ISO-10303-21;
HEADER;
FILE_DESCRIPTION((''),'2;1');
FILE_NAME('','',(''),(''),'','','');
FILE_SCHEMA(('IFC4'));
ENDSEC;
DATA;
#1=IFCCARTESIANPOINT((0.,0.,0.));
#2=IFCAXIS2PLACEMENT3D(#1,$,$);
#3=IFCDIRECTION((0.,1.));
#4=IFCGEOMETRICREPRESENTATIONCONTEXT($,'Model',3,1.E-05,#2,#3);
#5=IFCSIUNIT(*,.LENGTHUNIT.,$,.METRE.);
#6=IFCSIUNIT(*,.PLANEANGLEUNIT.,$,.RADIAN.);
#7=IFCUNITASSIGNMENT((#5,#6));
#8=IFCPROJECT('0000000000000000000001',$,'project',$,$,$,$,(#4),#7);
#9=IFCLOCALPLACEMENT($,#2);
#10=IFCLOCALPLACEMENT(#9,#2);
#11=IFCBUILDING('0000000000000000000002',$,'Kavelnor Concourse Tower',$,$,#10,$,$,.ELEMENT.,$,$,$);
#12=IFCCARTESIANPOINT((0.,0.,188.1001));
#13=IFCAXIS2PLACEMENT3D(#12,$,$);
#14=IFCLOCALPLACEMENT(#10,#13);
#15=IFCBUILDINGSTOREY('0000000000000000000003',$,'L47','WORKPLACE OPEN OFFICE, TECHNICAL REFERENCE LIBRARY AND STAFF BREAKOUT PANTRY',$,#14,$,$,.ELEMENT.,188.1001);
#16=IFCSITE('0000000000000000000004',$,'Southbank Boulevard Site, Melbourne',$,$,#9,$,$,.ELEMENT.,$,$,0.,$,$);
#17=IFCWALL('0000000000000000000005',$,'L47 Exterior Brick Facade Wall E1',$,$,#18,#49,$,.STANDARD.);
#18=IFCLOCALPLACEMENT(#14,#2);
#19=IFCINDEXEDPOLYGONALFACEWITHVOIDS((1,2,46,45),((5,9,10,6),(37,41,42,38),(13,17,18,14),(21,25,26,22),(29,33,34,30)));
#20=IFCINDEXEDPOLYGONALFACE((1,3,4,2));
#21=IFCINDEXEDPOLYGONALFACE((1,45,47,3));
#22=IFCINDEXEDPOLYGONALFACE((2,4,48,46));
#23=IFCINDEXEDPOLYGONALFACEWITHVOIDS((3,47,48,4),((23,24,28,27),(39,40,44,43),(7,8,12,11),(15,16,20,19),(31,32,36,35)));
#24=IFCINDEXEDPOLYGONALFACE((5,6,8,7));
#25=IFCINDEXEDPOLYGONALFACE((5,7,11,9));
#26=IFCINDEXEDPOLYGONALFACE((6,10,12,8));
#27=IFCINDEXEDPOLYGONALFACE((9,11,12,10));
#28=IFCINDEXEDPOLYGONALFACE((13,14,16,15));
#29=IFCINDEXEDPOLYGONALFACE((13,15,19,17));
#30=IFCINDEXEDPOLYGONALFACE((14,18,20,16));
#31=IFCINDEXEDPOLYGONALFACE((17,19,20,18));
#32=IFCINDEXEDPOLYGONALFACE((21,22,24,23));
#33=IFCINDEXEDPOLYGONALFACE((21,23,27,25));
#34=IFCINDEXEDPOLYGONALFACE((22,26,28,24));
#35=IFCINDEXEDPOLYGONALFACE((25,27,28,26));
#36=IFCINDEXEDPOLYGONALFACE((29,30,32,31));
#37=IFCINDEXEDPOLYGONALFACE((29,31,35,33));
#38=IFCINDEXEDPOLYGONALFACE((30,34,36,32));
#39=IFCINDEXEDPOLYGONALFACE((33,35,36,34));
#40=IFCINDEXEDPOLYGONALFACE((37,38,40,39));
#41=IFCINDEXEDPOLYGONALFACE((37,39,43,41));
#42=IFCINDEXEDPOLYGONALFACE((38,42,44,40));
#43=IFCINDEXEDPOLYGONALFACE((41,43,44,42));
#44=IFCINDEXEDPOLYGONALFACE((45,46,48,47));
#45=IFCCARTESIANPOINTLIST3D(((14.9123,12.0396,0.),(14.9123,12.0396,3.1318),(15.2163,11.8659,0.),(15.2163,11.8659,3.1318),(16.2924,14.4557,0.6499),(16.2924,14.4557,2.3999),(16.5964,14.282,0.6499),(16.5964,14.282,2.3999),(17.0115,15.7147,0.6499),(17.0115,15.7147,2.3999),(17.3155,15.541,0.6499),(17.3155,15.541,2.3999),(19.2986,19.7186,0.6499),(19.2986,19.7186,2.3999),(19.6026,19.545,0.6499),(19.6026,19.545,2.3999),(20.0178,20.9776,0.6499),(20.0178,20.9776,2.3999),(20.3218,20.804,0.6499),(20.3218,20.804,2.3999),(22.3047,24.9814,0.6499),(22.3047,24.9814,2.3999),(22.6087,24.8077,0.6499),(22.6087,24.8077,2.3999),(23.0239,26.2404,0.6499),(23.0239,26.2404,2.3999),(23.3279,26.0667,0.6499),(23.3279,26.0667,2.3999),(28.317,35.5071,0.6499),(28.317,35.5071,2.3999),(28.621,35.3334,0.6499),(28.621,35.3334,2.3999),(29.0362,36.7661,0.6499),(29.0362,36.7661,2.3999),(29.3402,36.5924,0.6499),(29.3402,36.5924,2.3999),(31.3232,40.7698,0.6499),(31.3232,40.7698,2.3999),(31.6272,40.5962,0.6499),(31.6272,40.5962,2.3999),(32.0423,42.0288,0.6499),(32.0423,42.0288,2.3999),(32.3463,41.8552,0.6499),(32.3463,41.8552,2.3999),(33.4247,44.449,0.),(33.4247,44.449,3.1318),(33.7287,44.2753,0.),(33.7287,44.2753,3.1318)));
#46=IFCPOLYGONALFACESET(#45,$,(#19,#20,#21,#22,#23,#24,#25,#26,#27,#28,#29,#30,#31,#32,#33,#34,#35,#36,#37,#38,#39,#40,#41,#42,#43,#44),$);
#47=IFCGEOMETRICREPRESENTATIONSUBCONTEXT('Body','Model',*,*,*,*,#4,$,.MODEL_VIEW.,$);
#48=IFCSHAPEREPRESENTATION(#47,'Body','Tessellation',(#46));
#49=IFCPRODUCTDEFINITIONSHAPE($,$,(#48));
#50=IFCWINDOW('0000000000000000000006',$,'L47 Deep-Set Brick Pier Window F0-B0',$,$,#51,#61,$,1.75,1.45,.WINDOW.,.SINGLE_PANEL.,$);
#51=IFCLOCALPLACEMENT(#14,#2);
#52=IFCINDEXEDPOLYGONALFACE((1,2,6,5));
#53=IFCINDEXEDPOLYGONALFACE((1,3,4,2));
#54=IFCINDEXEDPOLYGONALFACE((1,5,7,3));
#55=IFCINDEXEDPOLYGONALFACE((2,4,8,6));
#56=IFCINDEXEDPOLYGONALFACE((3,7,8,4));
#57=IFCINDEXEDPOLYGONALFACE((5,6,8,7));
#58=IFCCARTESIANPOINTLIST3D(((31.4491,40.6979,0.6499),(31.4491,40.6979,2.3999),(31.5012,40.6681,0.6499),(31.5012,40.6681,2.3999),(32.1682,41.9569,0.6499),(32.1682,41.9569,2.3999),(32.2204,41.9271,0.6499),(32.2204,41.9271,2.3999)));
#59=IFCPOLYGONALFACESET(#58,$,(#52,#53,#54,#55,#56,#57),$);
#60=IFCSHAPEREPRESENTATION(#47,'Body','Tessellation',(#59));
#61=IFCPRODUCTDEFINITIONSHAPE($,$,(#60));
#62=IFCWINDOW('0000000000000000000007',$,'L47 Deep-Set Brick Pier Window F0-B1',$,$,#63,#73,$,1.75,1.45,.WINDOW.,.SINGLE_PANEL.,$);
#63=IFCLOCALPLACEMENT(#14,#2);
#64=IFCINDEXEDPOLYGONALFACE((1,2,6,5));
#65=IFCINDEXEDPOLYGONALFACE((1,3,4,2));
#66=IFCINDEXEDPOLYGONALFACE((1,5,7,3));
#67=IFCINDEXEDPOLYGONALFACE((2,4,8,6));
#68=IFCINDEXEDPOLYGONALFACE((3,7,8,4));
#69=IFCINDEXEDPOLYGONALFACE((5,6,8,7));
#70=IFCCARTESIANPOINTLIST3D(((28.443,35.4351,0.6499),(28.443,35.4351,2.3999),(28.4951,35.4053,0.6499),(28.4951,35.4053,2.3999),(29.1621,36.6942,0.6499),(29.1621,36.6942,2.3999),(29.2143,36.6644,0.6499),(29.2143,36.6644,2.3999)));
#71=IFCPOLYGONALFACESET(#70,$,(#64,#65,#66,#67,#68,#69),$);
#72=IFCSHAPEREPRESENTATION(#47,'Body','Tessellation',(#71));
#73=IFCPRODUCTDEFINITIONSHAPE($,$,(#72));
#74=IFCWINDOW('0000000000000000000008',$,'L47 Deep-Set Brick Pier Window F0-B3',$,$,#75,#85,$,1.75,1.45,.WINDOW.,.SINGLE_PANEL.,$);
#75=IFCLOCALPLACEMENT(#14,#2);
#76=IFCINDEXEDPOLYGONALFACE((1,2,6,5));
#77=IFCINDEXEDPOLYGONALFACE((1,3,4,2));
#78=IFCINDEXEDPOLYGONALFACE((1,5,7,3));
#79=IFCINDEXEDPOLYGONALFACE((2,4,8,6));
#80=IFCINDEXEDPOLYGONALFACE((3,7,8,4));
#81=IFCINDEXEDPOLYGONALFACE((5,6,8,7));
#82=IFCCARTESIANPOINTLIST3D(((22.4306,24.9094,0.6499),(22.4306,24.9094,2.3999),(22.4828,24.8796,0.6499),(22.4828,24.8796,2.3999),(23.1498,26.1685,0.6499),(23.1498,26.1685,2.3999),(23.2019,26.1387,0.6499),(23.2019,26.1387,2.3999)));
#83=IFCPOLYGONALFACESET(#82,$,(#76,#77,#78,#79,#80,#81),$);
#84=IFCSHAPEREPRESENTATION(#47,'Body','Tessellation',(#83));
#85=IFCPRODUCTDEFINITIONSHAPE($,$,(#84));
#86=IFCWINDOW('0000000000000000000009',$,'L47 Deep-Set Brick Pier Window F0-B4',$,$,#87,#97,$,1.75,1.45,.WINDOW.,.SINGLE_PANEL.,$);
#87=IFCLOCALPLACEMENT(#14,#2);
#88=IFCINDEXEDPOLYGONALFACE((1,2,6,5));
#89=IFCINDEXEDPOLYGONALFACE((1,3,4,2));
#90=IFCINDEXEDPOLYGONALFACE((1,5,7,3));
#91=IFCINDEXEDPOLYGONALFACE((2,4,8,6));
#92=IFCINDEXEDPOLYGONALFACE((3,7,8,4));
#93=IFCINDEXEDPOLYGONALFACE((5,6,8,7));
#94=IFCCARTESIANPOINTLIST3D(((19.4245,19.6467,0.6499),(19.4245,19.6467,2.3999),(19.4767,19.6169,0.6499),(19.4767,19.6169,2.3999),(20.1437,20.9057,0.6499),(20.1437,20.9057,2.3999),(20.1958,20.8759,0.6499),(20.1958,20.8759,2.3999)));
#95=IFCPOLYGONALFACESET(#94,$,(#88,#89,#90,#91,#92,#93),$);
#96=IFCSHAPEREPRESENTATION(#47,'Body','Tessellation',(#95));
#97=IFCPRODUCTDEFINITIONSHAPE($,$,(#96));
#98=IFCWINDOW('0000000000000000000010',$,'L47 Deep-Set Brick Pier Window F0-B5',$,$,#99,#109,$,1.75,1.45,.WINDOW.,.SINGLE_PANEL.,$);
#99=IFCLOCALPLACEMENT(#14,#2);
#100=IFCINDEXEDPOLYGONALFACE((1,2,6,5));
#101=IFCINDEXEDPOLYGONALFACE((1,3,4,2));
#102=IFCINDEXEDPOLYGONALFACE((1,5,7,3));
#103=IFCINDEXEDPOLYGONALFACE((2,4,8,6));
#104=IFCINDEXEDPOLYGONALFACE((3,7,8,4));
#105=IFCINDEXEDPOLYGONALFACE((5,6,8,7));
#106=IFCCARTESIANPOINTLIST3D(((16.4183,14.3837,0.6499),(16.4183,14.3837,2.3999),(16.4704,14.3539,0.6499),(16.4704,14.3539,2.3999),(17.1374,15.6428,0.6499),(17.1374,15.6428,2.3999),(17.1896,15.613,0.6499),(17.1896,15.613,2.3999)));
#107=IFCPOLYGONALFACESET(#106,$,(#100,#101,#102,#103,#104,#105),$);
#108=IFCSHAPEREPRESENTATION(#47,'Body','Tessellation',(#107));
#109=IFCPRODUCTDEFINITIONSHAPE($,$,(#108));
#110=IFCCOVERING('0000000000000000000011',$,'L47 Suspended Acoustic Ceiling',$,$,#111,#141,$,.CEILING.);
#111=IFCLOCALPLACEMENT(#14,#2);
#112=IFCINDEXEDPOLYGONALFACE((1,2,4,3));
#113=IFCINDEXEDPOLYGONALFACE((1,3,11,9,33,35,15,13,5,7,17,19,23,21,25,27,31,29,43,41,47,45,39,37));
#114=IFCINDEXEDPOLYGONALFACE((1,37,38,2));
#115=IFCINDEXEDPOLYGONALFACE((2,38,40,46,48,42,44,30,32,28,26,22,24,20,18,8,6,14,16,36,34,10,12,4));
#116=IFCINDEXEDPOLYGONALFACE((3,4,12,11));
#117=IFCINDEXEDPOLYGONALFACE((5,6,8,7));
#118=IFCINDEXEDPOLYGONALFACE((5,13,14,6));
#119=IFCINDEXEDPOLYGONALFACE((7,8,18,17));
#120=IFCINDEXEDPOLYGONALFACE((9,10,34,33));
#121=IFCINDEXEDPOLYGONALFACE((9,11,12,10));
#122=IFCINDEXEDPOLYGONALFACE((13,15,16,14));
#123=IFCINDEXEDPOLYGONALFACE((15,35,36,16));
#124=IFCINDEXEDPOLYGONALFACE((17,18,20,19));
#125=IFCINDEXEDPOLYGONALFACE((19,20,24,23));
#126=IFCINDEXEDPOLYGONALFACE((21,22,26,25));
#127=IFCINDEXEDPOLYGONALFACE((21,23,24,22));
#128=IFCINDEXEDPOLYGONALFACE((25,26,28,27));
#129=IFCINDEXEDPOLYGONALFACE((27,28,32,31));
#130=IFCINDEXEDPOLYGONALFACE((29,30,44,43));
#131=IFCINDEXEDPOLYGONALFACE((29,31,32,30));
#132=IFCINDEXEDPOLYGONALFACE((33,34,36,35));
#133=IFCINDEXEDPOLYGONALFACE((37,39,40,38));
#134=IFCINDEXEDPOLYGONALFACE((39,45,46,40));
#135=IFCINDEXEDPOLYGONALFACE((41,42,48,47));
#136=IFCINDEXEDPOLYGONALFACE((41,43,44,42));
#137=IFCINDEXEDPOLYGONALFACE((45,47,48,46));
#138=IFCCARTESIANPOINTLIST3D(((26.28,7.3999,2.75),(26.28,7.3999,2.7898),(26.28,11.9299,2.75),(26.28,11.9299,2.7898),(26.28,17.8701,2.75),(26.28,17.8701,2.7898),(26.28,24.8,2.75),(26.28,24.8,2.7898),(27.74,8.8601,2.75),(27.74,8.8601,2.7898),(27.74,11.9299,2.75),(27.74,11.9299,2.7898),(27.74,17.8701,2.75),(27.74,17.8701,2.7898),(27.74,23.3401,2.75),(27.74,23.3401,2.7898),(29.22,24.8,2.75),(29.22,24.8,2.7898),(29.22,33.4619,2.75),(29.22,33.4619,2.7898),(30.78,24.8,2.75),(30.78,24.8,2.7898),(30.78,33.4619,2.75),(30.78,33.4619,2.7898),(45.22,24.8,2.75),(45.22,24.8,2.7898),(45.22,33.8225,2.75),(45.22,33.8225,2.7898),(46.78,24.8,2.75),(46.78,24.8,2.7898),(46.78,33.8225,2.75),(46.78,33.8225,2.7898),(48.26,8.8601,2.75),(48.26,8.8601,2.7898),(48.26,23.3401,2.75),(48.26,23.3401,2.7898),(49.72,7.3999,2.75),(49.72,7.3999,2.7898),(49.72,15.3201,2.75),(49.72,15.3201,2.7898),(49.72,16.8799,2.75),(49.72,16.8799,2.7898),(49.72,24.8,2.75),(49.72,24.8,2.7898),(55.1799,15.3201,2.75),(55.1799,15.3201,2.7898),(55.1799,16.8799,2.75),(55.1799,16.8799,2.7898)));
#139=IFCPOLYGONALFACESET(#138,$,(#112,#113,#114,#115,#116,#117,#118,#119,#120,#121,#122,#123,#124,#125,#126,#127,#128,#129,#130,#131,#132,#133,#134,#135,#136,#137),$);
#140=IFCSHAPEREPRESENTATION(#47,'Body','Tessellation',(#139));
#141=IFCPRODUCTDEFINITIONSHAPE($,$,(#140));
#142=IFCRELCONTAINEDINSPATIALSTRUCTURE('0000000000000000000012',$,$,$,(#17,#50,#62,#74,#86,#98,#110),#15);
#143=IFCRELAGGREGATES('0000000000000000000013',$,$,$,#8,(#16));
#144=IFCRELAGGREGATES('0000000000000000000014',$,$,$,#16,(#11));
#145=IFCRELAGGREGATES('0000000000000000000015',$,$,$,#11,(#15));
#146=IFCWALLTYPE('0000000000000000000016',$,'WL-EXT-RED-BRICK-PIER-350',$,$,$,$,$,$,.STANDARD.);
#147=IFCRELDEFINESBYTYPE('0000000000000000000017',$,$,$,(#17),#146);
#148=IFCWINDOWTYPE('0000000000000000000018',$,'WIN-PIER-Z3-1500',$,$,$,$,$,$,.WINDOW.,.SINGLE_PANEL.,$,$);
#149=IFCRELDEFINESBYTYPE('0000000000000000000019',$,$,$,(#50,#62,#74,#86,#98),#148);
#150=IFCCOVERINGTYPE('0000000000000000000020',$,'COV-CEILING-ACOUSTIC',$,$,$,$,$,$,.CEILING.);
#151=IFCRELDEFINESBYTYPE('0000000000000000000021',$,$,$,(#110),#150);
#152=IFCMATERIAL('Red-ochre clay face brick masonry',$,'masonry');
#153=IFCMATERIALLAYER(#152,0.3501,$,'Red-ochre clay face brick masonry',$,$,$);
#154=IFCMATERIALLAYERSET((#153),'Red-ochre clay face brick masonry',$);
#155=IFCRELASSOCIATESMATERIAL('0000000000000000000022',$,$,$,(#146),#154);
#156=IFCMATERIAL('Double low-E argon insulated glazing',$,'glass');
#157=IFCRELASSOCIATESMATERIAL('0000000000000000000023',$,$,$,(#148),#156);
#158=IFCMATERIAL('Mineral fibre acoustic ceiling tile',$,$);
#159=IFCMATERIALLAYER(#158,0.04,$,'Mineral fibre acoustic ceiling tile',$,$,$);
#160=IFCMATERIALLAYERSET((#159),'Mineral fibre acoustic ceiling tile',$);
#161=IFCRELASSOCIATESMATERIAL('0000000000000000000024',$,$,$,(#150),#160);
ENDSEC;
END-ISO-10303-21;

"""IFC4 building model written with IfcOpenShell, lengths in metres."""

from ifc_helpers import new_model, si_unit, direction, frame, frame_2d, origin, place, context, subcontext, project, spatial, polyline, rectangle, outline, extrude, material, layer, layer_set, type_object, element, fill, save


model = new_model("IFC4")

# Units and contexts
model_context = context("Model", 3, precision=1e-05, world=origin(), true_north=direction((0.0, 1.0)))
body_context = subcontext(model_context, "Body", "Model", "MODEL_VIEW")
ifc_project = project(units=[si_unit("LENGTHUNIT", "METRE"), si_unit("PLANEANGLEUNIT", "RADIAN")], contexts=[model_context])

# Site, building, storey
site_placement = place(None, origin())
site = spatial("IfcSite", under=ifc_project, at=site_placement, Name="Southbank Boulevard Site, Melbourne", CompositionType="ELEMENT", RefElevation=0.0)
building_placement = place(site_placement, origin())
building = spatial("IfcBuilding", under=site, at=building_placement, Name="Kavelnor Concourse Tower", CompositionType="ELEMENT")
storey_placement = place(building_placement, frame((0.0, 0.0, 188.1001)))
storey = spatial("IfcBuildingStorey", under=building, at=storey_placement, Name="L47", Description="WORKPLACE OPEN OFFICE, TECHNICAL REFERENCE LIBRARY AND STAFF BREAKOUT PANTRY", CompositionType="ELEMENT", Elevation=188.1001)

# Shared definitions
ifc_material_1 = material(Name="Double low-E argon insulated glazing", Category="glass")

# Wall, openings, windows
ifc_material_2 = material(Name="Red-ochre clay face brick masonry", Category="masonry")
ifc_layer_1 = layer(ifc_material_2, 0.3501, Name="Red-ochre clay face brick masonry")
ifc_layer_set_1 = layer_set([ifc_layer_1], Name="Red-ochre clay face brick masonry")
wall_type_1 = type_object("IfcWallType", Name="WL-EXT-RED-BRICK-PIER-350", PredefinedType="STANDARD", material=ifc_layer_set_1)
wall_1_placement = place(storey_placement, frame((15.0642, 11.9526, 0.0), z_axis=(0.0, 0.0, 1.0), x_axis=(0.495993, 0.868326, 0.0)))
wall_1 = element("IfcWall", 1, at=wall_1_placement, inside=storey, type_object=wall_type_1, Name="L47 Exterior Brick Facade Wall E1", PredefinedType="STANDARD", context=body_context, shape_type="SweptSolid", body=[
    extrude(rectangle(XDim=37.324, YDim=0.3501, at=frame_2d((18.6621, 0.0))), origin(), (0.0, 0.0, 1.0), 3.1318),
])
opening_1_placement = place(wall_1_placement, frame((33.0869, 0.0, 0.6499)))
opening_1 = element("IfcOpeningElement", 2, at=opening_1_placement, cuts=wall_1, PredefinedType="OPENING", context=body_context, shape_type="SweptSolid", body=[
    extrude(rectangle(XDim=1.45, YDim=1.75, at=frame_2d((0.7251, 0.875))), frame((0.0, 0.1851, 0.0), z_axis=(0.0, -1.0, 0.0), x_axis=(1.0, 0.0, 0.0)), (0.0, 0.0, 1.0), 0.3701),
])
opening_2_placement = place(wall_1_placement, frame((27.0261, 0.0, 0.6499)))
opening_2 = element("IfcOpeningElement", 3, at=opening_2_placement, cuts=wall_1, PredefinedType="OPENING", context=body_context, shape_type="SweptSolid", body=[
    extrude(rectangle(XDim=1.45, YDim=1.75, at=frame_2d((0.7251, 0.875))), frame((0.0, 0.1851, 0.0), z_axis=(0.0, -1.0, 0.0), x_axis=(1.0, 0.0, 0.0)), (0.0, 0.0, 1.0), 0.3701),
])
opening_3_placement = place(wall_1_placement, frame((14.9043, 0.0, 0.6499)))
opening_3 = element("IfcOpeningElement", 4, at=opening_3_placement, cuts=wall_1, PredefinedType="OPENING", context=body_context, shape_type="SweptSolid", body=[
    extrude(rectangle(XDim=1.45, YDim=1.75, at=frame_2d((0.7251, 0.875))), frame((0.0, 0.1851, 0.0), z_axis=(0.0, -1.0, 0.0), x_axis=(1.0, 0.0, 0.0)), (0.0, 0.0, 1.0), 0.3701),
])
opening_4_placement = place(wall_1_placement, frame((8.8435, 0.0, 0.6499)))
opening_4 = element("IfcOpeningElement", 5, at=opening_4_placement, cuts=wall_1, PredefinedType="OPENING", context=body_context, shape_type="SweptSolid", body=[
    extrude(rectangle(XDim=1.45, YDim=1.75, at=frame_2d((0.7251, 0.875))), frame((0.0, 0.1851, 0.0), z_axis=(0.0, -1.0, 0.0), x_axis=(1.0, 0.0, 0.0)), (0.0, 0.0, 1.0), 0.3701),
])
opening_5_placement = place(wall_1_placement, frame((2.7825, 0.0, 0.6499)))
opening_5 = element("IfcOpeningElement", 6, at=opening_5_placement, cuts=wall_1, PredefinedType="OPENING", context=body_context, shape_type="SweptSolid", body=[
    extrude(rectangle(XDim=1.45, YDim=1.75, at=frame_2d((0.7251, 0.875))), frame((0.0, 0.1851, 0.0), z_axis=(0.0, -1.0, 0.0), x_axis=(1.0, 0.0, 0.0)), (0.0, 0.0, 1.0), 0.3701),
])
window_type_1 = type_object("IfcWindowType", Name="WIN-PIER-Z3-1500", PartitioningType="SINGLE_PANEL", PredefinedType="WINDOW", material=ifc_material_1)
window_1_placement = place(opening_1_placement, origin())
window_1 = element("IfcWindow", 7, at=window_1_placement, inside=storey, type_object=window_type_1, Name="L47 Deep-Set Brick Pier Window F0-B0", OverallHeight=1.75, OverallWidth=1.45, PartitioningType="SINGLE_PANEL", PredefinedType="WINDOW", context=body_context, shape_type="SweptSolid", body=[
    extrude(rectangle(XDim=1.45, YDim=1.75, at=frame_2d((0.7251, 0.875))), frame((0.0, 0.03, 0.0), z_axis=(0.0, -1.0, 0.0), x_axis=(1.0, 0.0, 0.0)), (0.0, 0.0, 1.0), 0.0601),
])
fill(opening_1, window_1)
window_2_placement = place(opening_2_placement, origin())
window_2 = element("IfcWindow", 8, at=window_2_placement, inside=storey, type_object=window_type_1, Name="L47 Deep-Set Brick Pier Window F0-B1", OverallHeight=1.75, OverallWidth=1.45, PartitioningType="SINGLE_PANEL", PredefinedType="WINDOW", context=body_context, shape_type="SweptSolid", body=[
    extrude(rectangle(XDim=1.45, YDim=1.75, at=frame_2d((0.7251, 0.875))), frame((0.0, 0.03, 0.0), z_axis=(0.0, -1.0, 0.0), x_axis=(1.0, 0.0, 0.0)), (0.0, 0.0, 1.0), 0.0601),
])
fill(opening_2, window_2)
window_3_placement = place(opening_3_placement, origin())
window_3 = element("IfcWindow", 9, at=window_3_placement, inside=storey, type_object=window_type_1, Name="L47 Deep-Set Brick Pier Window F0-B3", OverallHeight=1.75, OverallWidth=1.45, PartitioningType="SINGLE_PANEL", PredefinedType="WINDOW", context=body_context, shape_type="SweptSolid", body=[
    extrude(rectangle(XDim=1.45, YDim=1.75, at=frame_2d((0.7251, 0.875))), frame((0.0, 0.03, 0.0), z_axis=(0.0, -1.0, 0.0), x_axis=(1.0, 0.0, 0.0)), (0.0, 0.0, 1.0), 0.0601),
])
fill(opening_3, window_3)
window_4_placement = place(opening_4_placement, origin())
window_4 = element("IfcWindow", 10, at=window_4_placement, inside=storey, type_object=window_type_1, Name="L47 Deep-Set Brick Pier Window F0-B4", OverallHeight=1.75, OverallWidth=1.45, PartitioningType="SINGLE_PANEL", PredefinedType="WINDOW", context=body_context, shape_type="SweptSolid", body=[
    extrude(rectangle(XDim=1.45, YDim=1.75, at=frame_2d((0.7251, 0.875))), frame((0.0, 0.03, 0.0), z_axis=(0.0, -1.0, 0.0), x_axis=(1.0, 0.0, 0.0)), (0.0, 0.0, 1.0), 0.0601),
])
fill(opening_4, window_4)
window_5_placement = place(opening_5_placement, origin())
window_5 = element("IfcWindow", 11, at=window_5_placement, inside=storey, type_object=window_type_1, Name="L47 Deep-Set Brick Pier Window F0-B5", OverallHeight=1.75, OverallWidth=1.45, PartitioningType="SINGLE_PANEL", PredefinedType="WINDOW", context=body_context, shape_type="SweptSolid", body=[
    extrude(rectangle(XDim=1.45, YDim=1.75, at=frame_2d((0.7251, 0.875))), frame((0.0, 0.03, 0.0), z_axis=(0.0, -1.0, 0.0), x_axis=(1.0, 0.0, 0.0)), (0.0, 0.0, 1.0), 0.0601),
])
fill(opening_5, window_5)

# Covering
ifc_material_3 = material(Name="Mineral fibre acoustic ceiling tile")
ifc_layer_2 = layer(ifc_material_3, 0.04, Name="Mineral fibre acoustic ceiling tile")
ifc_layer_set_2 = layer_set([ifc_layer_2], Name="Mineral fibre acoustic ceiling tile")
covering_type_1 = type_object("IfcCoveringType", Name="COV-CEILING-ACOUSTIC", PredefinedType="CEILING", material=ifc_layer_set_2)
covering_1_placement = place(storey_placement, frame((0.0, 0.0, 2.75)))
element("IfcCovering", 12, at=covering_1_placement, inside=storey, type_object=covering_type_1, Name="L47 Suspended Acoustic Ceiling", PredefinedType="CEILING", context=body_context, shape_type="SweptSolid", body=[
    extrude(outline(polyline([(29.22, 24.8), (29.22, 33.4619), (30.78, 33.4619), (30.78, 24.8), (45.22, 24.8), (45.22, 33.8225), (46.78, 33.8225), (46.78, 24.8), (49.72, 24.8), (49.72, 16.8799), (55.1799, 16.8799), (55.1799, 15.3201), (49.72, 15.3201), (49.72, 7.3999), (26.28, 7.3999), (26.28, 11.9299), (27.74, 11.9299), (27.74, 8.8601), (48.26, 8.8601), (48.26, 23.3401), (27.74, 23.3401), (27.74, 17.8701), (26.28, 17.8701), (26.28, 24.8), (29.22, 24.8)])), origin(), (0.0, 0.0, 1.0), 0.0398),
])

save(model, "model.ifc")
